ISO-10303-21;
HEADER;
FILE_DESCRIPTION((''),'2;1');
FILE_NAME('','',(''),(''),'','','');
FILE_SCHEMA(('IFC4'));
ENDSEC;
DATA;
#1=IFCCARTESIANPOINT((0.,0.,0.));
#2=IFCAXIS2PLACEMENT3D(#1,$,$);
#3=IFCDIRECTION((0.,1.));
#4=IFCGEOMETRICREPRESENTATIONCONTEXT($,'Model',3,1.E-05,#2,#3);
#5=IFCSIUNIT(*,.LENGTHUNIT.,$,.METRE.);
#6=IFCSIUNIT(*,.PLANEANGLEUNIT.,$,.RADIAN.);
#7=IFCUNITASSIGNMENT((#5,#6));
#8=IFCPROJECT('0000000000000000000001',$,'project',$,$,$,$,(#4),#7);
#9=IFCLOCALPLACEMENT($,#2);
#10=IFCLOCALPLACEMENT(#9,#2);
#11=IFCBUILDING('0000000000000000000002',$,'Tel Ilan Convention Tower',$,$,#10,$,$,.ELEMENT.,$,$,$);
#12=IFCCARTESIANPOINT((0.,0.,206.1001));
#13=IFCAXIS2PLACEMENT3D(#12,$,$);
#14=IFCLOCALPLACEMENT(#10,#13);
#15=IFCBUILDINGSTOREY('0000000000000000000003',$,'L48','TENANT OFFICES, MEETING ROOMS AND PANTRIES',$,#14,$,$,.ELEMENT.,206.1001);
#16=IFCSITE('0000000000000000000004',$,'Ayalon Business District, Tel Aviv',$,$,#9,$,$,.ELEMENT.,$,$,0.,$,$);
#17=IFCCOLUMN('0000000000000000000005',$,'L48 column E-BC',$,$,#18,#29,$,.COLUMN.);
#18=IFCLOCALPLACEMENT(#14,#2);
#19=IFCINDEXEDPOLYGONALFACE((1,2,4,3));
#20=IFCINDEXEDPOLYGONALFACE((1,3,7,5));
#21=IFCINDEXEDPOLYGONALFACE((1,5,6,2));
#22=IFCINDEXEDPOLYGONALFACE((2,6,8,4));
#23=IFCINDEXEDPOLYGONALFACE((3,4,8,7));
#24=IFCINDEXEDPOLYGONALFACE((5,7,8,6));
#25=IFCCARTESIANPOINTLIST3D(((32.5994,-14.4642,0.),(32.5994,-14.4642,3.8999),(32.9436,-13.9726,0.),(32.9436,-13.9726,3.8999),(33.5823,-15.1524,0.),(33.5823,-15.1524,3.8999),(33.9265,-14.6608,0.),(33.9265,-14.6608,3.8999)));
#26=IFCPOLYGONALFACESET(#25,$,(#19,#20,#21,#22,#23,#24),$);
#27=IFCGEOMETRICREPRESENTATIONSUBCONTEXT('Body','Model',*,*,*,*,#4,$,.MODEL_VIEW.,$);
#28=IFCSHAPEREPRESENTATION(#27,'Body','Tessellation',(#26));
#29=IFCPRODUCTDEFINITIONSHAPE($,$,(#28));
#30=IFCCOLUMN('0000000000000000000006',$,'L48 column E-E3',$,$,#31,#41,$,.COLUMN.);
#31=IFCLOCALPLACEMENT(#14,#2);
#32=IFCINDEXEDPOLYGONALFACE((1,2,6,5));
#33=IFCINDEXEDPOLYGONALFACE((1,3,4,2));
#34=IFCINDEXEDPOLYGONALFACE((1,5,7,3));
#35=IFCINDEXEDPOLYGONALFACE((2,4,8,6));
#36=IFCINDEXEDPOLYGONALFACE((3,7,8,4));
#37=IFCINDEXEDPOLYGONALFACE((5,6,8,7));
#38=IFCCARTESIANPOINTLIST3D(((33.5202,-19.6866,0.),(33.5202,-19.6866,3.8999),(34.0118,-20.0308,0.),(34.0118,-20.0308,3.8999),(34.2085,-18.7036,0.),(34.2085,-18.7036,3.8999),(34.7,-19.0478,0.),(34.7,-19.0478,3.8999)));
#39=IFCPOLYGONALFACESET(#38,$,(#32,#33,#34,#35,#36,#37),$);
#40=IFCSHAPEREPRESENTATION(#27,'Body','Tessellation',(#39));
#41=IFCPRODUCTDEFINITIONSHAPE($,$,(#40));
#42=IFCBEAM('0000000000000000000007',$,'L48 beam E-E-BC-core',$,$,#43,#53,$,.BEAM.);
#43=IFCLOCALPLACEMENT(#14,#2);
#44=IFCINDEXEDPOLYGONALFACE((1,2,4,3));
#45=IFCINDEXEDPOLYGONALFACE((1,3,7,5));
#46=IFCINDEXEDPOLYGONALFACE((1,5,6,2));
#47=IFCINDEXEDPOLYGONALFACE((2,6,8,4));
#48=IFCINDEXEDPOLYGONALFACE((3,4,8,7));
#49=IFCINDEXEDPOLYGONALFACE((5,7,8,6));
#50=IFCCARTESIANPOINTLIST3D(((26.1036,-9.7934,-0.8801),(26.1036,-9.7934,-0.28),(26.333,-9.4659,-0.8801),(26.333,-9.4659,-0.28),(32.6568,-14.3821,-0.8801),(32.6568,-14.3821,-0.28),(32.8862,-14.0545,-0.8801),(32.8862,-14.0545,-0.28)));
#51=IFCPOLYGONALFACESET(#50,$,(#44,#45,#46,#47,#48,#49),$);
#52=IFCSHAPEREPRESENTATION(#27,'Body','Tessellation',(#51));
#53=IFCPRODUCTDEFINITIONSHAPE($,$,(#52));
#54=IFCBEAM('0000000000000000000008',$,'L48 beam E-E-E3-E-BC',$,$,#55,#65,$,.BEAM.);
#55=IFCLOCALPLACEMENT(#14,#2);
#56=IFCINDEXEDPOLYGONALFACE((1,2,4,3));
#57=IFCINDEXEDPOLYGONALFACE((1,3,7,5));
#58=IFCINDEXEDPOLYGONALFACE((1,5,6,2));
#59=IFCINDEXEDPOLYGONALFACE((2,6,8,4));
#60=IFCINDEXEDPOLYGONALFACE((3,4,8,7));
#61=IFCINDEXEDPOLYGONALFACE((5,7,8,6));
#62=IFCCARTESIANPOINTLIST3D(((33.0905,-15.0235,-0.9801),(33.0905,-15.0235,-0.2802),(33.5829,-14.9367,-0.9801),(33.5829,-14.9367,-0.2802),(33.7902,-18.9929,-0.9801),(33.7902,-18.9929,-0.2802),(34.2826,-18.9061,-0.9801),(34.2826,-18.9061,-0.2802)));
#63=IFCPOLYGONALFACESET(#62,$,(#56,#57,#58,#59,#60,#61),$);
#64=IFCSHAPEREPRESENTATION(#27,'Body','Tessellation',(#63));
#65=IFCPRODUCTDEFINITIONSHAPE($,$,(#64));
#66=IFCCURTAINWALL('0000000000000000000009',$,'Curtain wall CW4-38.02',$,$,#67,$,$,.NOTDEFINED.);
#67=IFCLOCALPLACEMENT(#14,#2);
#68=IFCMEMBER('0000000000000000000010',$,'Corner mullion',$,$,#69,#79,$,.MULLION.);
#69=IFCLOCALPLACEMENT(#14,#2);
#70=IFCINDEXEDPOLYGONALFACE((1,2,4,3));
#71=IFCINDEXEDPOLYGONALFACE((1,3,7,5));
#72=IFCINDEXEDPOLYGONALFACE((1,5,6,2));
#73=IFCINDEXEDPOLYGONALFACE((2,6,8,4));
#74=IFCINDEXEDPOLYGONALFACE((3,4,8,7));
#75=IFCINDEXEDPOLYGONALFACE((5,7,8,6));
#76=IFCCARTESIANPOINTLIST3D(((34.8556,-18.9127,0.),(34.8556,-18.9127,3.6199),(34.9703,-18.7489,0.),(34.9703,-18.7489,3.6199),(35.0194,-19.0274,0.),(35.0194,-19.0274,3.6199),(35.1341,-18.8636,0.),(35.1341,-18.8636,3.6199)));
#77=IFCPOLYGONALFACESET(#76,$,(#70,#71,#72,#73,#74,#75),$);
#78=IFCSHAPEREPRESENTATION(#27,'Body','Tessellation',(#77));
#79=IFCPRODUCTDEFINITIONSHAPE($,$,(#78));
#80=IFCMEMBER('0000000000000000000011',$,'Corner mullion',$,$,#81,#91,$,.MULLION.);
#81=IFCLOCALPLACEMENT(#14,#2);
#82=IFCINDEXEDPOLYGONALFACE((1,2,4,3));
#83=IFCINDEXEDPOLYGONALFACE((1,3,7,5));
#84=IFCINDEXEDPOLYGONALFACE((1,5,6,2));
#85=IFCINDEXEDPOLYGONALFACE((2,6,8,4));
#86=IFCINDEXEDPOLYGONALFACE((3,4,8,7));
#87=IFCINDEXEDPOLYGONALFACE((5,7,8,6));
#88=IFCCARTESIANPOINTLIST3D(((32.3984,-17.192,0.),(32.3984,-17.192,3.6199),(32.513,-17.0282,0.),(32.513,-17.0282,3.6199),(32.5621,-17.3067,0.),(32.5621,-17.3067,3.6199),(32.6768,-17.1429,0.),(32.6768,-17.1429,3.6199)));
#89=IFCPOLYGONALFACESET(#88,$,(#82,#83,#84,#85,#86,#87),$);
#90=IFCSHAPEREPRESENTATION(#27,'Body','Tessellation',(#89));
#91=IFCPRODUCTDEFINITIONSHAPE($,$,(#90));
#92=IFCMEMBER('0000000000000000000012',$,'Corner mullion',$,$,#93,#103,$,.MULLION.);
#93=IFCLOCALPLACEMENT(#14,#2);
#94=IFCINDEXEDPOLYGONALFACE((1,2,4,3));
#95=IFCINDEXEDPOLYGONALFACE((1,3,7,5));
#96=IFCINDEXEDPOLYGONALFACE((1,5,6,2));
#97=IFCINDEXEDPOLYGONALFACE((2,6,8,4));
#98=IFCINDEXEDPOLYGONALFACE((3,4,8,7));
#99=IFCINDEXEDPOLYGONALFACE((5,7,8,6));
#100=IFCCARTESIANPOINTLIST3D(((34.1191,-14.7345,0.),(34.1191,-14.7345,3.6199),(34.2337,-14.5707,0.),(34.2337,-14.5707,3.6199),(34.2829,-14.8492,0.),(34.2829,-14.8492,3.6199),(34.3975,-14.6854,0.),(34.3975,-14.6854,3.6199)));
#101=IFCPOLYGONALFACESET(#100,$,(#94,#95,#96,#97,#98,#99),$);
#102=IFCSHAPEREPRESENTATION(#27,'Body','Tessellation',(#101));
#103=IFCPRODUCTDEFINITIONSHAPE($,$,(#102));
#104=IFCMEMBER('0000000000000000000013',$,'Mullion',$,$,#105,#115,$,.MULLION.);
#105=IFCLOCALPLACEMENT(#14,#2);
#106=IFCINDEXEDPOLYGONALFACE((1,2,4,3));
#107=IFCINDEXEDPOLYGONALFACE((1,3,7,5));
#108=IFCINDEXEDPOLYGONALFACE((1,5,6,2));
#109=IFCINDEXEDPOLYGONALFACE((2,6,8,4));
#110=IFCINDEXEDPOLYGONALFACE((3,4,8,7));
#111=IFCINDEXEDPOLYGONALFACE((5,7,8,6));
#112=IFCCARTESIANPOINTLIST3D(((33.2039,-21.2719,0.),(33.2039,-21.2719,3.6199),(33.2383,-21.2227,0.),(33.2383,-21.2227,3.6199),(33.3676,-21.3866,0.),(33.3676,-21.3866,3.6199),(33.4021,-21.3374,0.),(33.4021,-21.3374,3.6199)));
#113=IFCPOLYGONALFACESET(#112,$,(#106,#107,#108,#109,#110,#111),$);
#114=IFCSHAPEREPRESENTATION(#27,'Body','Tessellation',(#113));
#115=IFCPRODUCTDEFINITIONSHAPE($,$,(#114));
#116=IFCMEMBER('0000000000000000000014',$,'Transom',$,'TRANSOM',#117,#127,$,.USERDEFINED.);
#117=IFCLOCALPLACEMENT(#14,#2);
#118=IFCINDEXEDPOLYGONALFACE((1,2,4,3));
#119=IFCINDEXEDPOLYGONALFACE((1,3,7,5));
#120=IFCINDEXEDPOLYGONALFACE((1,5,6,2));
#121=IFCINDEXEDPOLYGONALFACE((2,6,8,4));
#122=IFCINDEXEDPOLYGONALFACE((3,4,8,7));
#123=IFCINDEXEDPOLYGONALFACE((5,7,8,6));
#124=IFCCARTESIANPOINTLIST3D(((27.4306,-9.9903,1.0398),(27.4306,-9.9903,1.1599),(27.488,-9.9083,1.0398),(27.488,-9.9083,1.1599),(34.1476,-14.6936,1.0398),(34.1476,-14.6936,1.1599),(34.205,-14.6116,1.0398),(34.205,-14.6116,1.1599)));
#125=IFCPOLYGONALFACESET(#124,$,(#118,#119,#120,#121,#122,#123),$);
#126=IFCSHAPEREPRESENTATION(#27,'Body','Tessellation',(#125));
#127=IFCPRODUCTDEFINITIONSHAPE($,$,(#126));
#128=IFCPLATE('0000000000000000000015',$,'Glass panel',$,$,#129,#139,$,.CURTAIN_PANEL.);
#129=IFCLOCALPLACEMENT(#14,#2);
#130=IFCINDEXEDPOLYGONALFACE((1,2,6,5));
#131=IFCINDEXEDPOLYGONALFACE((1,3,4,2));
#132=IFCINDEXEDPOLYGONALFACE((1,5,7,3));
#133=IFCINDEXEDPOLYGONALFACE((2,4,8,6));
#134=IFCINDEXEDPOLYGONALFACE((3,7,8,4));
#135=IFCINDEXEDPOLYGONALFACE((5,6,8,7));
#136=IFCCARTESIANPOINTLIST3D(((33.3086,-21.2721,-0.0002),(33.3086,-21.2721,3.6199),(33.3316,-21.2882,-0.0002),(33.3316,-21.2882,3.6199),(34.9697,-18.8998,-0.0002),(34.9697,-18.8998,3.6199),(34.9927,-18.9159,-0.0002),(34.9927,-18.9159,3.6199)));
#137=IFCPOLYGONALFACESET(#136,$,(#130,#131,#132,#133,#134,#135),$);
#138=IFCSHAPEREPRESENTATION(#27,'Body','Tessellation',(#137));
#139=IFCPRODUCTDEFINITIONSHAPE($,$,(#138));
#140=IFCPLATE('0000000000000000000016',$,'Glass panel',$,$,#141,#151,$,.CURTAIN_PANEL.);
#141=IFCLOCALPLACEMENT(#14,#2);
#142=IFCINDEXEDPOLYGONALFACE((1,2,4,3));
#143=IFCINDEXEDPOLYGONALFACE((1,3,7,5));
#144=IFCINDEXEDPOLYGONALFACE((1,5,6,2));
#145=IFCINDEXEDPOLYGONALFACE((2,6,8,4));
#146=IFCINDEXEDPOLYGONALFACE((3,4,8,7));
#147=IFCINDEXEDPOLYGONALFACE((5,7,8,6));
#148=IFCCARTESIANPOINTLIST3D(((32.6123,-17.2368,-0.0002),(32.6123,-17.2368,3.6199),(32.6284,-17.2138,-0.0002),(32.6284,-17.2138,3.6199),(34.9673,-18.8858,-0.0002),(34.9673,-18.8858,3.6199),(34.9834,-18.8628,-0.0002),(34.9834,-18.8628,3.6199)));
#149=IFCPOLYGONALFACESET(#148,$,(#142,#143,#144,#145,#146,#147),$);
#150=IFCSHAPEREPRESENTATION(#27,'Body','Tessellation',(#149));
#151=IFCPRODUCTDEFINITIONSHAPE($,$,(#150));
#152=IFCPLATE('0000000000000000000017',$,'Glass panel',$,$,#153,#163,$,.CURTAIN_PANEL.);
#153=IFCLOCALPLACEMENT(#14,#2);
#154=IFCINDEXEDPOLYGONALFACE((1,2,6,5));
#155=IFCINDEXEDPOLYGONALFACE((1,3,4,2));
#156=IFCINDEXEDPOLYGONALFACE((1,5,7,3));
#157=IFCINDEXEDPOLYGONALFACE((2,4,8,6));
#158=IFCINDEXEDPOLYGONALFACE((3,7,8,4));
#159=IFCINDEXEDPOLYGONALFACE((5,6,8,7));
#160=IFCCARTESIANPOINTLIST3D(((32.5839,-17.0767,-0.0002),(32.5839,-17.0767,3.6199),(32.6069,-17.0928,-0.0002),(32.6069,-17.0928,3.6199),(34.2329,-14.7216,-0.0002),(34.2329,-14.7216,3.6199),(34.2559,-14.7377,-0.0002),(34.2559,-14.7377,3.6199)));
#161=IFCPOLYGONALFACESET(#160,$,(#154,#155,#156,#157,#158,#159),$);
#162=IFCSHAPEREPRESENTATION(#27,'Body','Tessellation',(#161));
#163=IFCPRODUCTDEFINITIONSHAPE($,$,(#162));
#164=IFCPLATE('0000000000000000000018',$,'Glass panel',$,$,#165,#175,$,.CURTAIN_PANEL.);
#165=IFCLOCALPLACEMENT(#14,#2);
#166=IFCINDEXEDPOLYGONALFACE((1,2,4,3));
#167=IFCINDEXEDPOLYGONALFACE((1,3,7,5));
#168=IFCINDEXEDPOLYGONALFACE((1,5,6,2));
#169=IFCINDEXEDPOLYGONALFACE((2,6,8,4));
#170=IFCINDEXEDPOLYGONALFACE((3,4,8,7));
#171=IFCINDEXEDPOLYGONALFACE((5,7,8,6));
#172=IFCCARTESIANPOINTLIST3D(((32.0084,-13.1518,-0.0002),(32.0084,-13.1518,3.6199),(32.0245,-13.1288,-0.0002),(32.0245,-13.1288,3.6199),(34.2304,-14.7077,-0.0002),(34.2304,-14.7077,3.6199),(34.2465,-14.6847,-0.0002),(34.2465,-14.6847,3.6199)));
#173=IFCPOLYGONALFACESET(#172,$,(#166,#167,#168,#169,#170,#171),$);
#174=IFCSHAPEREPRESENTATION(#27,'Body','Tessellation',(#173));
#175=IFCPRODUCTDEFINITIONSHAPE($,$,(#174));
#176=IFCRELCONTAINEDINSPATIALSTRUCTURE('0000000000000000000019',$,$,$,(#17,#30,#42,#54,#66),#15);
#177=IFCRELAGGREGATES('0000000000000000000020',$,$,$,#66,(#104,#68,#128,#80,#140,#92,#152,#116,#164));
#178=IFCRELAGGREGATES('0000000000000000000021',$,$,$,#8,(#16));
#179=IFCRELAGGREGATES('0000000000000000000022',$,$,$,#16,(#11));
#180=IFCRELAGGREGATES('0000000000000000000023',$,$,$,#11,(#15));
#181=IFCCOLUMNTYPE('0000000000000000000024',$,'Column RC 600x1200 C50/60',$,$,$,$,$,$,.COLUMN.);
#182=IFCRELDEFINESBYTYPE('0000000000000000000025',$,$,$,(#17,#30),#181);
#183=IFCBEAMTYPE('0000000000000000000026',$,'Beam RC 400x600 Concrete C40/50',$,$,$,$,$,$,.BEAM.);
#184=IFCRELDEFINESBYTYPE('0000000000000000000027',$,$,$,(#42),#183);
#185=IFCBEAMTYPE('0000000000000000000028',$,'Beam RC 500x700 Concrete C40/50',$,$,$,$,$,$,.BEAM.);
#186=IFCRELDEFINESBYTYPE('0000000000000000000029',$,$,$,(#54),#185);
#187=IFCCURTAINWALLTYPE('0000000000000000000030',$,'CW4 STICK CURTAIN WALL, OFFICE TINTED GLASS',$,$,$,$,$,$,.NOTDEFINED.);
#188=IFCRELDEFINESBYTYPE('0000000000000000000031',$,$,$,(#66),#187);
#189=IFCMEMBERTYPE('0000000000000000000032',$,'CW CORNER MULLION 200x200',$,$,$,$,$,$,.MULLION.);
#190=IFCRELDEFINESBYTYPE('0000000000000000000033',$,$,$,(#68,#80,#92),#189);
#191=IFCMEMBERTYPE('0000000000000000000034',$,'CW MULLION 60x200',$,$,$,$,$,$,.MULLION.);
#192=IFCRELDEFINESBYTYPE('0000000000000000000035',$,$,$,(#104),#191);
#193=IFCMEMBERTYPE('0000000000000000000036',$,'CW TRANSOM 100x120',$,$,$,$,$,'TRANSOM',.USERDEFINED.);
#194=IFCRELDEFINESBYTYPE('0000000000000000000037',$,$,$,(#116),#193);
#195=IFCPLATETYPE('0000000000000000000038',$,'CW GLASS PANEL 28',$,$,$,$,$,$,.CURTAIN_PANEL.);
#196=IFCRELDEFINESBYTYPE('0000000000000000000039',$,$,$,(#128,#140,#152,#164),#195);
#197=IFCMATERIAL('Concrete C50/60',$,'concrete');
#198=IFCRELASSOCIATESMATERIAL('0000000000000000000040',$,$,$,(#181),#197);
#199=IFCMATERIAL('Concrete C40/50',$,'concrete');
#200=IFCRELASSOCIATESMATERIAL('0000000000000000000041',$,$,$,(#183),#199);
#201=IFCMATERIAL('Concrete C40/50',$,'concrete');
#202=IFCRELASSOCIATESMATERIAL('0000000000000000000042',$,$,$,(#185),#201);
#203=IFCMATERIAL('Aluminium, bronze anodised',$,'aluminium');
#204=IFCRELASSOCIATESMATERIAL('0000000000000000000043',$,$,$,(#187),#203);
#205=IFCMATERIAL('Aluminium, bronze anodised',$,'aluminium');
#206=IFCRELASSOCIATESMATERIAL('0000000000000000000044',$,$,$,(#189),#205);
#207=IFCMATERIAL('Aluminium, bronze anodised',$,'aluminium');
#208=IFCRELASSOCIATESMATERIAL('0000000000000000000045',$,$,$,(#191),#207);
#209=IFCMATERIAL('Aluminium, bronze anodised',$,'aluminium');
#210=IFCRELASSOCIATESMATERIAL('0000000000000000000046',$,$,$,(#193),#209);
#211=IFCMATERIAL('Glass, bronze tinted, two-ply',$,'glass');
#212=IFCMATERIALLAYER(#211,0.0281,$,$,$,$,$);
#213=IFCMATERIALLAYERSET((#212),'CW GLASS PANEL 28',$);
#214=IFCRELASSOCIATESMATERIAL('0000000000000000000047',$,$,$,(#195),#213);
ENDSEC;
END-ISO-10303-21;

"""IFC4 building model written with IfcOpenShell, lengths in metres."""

from ifc_helpers import new_model, si_unit, direction, frame, origin, origin_2d, place, context, subcontext, project, spatial, rectangle, extrude, material, layer, layer_set, material_profile, profile_set, type_object, element, aggregate, save


model = new_model("IFC4")

# Units and contexts
model_context = context("Model", 3, precision=1e-05, world=origin(), true_north=direction((0.0, 1.0)))
body_context = subcontext(model_context, "Body", "Model", "MODEL_VIEW")
ifc_project = project(units=[si_unit("LENGTHUNIT", "METRE"), si_unit("PLANEANGLEUNIT", "RADIAN")], contexts=[model_context])

# Site, building, storey
site_placement = place(None, origin())
site = spatial("IfcSite", under=ifc_project, at=site_placement, Name="Ayalon Business District, Tel Aviv", CompositionType="ELEMENT", RefElevation=0.0)
building_placement = place(site_placement, origin())
building = spatial("IfcBuilding", under=site, at=building_placement, Name="Tel Ilan Convention Tower", CompositionType="ELEMENT")
storey_placement = place(building_placement, frame((0.0, 0.0, 206.1001)))
storey = spatial("IfcBuildingStorey", under=building, at=storey_placement, Name="L48", Description="TENANT OFFICES, MEETING ROOMS AND PANTRIES", CompositionType="ELEMENT", Elevation=206.1001)

# Columns
ifc_material_1 = material(Name="Concrete C50/60", Category="concrete")
ifc_material_profile_1 = material_profile(ifc_material_1, rectangle(XDim=1.2, YDim=0.6001, at=origin_2d()), Name="RC 600x1200")
ifc_profile_set_1 = profile_set([ifc_material_profile_1], Name="Concrete C50/60")
column_type = type_object("IfcColumnType", Name="Column RC 600x1200 C50/60", PredefinedType="COLUMN", material=ifc_profile_set_1)
for number, where, z_axis, x_axis, name in (
    (1, (33.2629, -14.5625, 0.0), (0.0, 0.0, 1.0), (0.819152, -0.573576, 0.0), "L48 column E-BC"),
    (2, (34.1101, -19.3672, 0.0), (0.0, 0.0, 1.0), (0.573576, 0.819152, 0.0), "L48 column E-E3"),
):
    element("IfcColumn", number, at=place(storey_placement, frame(where, z_axis=z_axis, x_axis=x_axis)), inside=storey, type_object=column_type, Name=name, PredefinedType="COLUMN", context=body_context, shape_type="SweptSolid", body=[
        extrude(rectangle(XDim=1.2, YDim=0.6001, at=origin_2d()), origin(), (0.0, 0.0, 1.0), 3.8999),
    ])

# Beams
ifc_material_2 = material(Name="Concrete C40/50", Category="concrete")
ifc_material_profile_2 = material_profile(ifc_material_2, rectangle(XDim=0.3999, YDim=0.6001, at=origin_2d()), Name="RC 400x600")
ifc_profile_set_2 = profile_set([ifc_material_profile_2], Name="Concrete C40/50")
beam_type_1 = type_object("IfcBeamType", Name="Beam RC 400x600 Concrete C40/50", PredefinedType="BEAM", material=ifc_profile_set_2)
beam_1_placement = place(storey_placement, frame((32.7715, -14.2183, -0.5801), z_axis=(-0.819152, 0.573577, 0.0), x_axis=(-0.573577, -0.819152, 0.0)))
element("IfcBeam", 3, at=beam_1_placement, inside=storey, type_object=beam_type_1, Name="L48 beam E-E-BC-core", PredefinedType="BEAM", context=body_context, shape_type="SweptSolid", body=[
    extrude(rectangle(XDim=0.3999, YDim=0.6001, at=origin_2d()), origin(), (0.0, 0.0, 1.0), 8.0),
])
ifc_material_3 = material(Name="Concrete C40/50", Category="concrete")
ifc_material_profile_3 = material_profile(ifc_material_3, rectangle(XDim=0.5, YDim=0.7, at=origin_2d()), Name="RC 500x700")
ifc_profile_set_3 = profile_set([ifc_material_profile_3], Name="Concrete C40/50")
beam_type_2 = type_object("IfcBeamType", Name="Beam RC 500x700 Concrete C40/50", PredefinedType="BEAM", material=ifc_profile_set_3)
beam_2_placement = place(storey_placement, frame((34.0364, -18.9495, -0.6301), z_axis=(-0.173606, 0.984815, 0.0), x_axis=(-0.984815, -0.173606, 0.0)))
element("IfcBeam", 4, at=beam_2_placement, inside=storey, type_object=beam_type_2, Name="L48 beam E-E-E3-E-BC", PredefinedType="BEAM", context=body_context, shape_type="SweptSolid", body=[
    extrude(rectangle(XDim=0.5, YDim=0.7, at=origin_2d()), origin(), (0.0, 0.0, 1.0), 4.0305),
])

# Curtain wall, members, plates
ifc_material_4 = material(Name="Aluminium, bronze anodised", Category="aluminium")
curtain_wall_type = type_object("IfcCurtainWallType", Name="CW4 STICK CURTAIN WALL, OFFICE TINTED GLASS", PredefinedType="NOTDEFINED", material=ifc_material_4)
curtain_wall_placement = place(storey_placement, origin())
curtain_wall = element("IfcCurtainWall", 5, at=curtain_wall_placement, inside=storey, type_object=curtain_wall_type, Name="Curtain wall CW4-38.02", PredefinedType="NOTDEFINED")
ifc_material_5 = material(Name="Aluminium, bronze anodised", Category="aluminium")
ifc_material_profile_4 = material_profile(ifc_material_5, rectangle(XDim=0.2, YDim=0.2, at=origin_2d()), Name="CW CORNER MULLION 200x200")
ifc_profile_set_4 = profile_set([ifc_material_profile_4], Name="Aluminium, bronze anodised")
member_type_1 = type_object("IfcMemberType", Name="CW CORNER MULLION 200x200", PredefinedType="MULLION", material=ifc_profile_set_4)
member_1_placement = place(storey_placement, frame((34.9949, -18.8882, 0.0), z_axis=(0.0, 0.0, 1.0), x_axis=(0.573576, 0.819152, 0.0)))
member_1 = element("IfcMember", 6, at=member_1_placement, type_object=member_type_1, Name="Corner mullion", PredefinedType="MULLION", context=body_context, shape_type="SweptSolid", body=[
    extrude(rectangle(XDim=0.2, YDim=0.2, at=origin_2d()), origin(), (0.0, 0.0, 1.0), 3.6199),
])
member_2_placement = place(storey_placement, frame((32.5376, -17.1675, 0.0), z_axis=(0.0, 0.0, 1.0), x_axis=(-0.819152, 0.573576, 0.0)))
member_2 = element("IfcMember", 7, at=member_2_placement, type_object=member_type_1, Name="Corner mullion", PredefinedType="MULLION", context=body_context, shape_type="SweptSolid", body=[
    extrude(rectangle(XDim=0.2, YDim=0.2, at=origin_2d()), origin(), (0.0, 0.0, 1.0), 3.6199),
])
member_3_placement = place(storey_placement, frame((34.2583, -14.71, 0.0), z_axis=(0.0, 0.0, 1.0), x_axis=(0.573576, 0.819152, 0.0)))
member_3 = element("IfcMember", 8, at=member_3_placement, type_object=member_type_1, Name="Corner mullion", PredefinedType="MULLION", context=body_context, shape_type="SweptSolid", body=[
    extrude(rectangle(XDim=0.2, YDim=0.2, at=origin_2d()), origin(), (0.0, 0.0, 1.0), 3.6199),
])
ifc_material_6 = material(Name="Aluminium, bronze anodised", Category="aluminium")
ifc_material_profile_5 = material_profile(ifc_material_6, rectangle(XDim=0.0601, YDim=0.2, at=origin_2d()), Name="CW MULLION 60x200")
ifc_profile_set_5 = profile_set([ifc_material_profile_5], Name="Aluminium, bronze anodised")
member_type_2 = type_object("IfcMemberType", Name="CW MULLION 60x200", PredefinedType="MULLION", material=ifc_profile_set_5)
member_4_placement = place(storey_placement, frame((33.303, -21.3047, 0.0), z_axis=(0.0, 0.0, 1.0), x_axis=(0.573576, 0.819152, 0.0)))
member_4 = element("IfcMember", 9, at=member_4_placement, type_object=member_type_2, Name="Mullion", PredefinedType="MULLION", context=body_context, shape_type="SweptSolid", body=[
    extrude(rectangle(XDim=0.0601, YDim=0.2, at=origin_2d()), origin(), (0.0, 0.0, 1.0), 3.6199),
])
ifc_material_7 = material(Name="Aluminium, bronze anodised", Category="aluminium")
ifc_material_profile_6 = material_profile(ifc_material_7, rectangle(XDim=0.1001, YDim=0.1201, at=origin_2d()), Name="CW TRANSOM 100x120")
ifc_profile_set_6 = profile_set([ifc_material_profile_6], Name="Aluminium, bronze anodised")
member_type_3 = type_object("IfcMemberType", Name="CW TRANSOM 100x120", ElementType="TRANSOM", PredefinedType="USERDEFINED", material=ifc_profile_set_6)
member_5_placement = place(storey_placement, frame((34.1763, -14.6526, 1.0999), z_axis=(-0.819149, 0.57358, 0.0), x_axis=(-0.57358, -0.819149, 0.0)))
member_5 = element("IfcMember", 10, at=member_5_placement, type_object=member_type_3, Name="Transom", ObjectType="TRANSOM", PredefinedType="USERDEFINED", context=body_context, shape_type="SweptSolid", body=[
    extrude(rectangle(XDim=0.1001, YDim=0.1201, at=origin_2d()), origin(), (0.0, 0.0, 1.0), 8.2),
])
ifc_material_8 = material(Name="Glass, bronze tinted, two-ply", Category="glass")
ifc_layer_1 = layer(ifc_material_8, 0.0281)
ifc_layer_set_1 = layer_set([ifc_layer_1], Name="CW GLASS PANEL 28")
plate_type = type_object("IfcPlateType", Name="CW GLASS PANEL 28", PredefinedType="CURTAIN_PANEL", material=ifc_layer_set_1)
plate_1_placement = place(storey_placement, frame((34.1506, -20.094, -0.0002), z_axis=(0.0, 0.0, 1.0), x_axis=(0.573576, 0.819152, 0.0)))
plate_1 = element("IfcPlate", 11, at=plate_1_placement, type_object=plate_type, Name="Glass panel", PredefinedType="CURTAIN_PANEL", context=body_context, shape_type="SweptSolid", body=[
    extrude(rectangle(XDim=2.896, YDim=0.0281, at=origin_2d()), origin(), (0.0, 0.0, 1.0), 3.6201),
])
plate_2_placement = place(storey_placement, frame((33.7979, -18.0498, -0.0002), z_axis=(0.0, 0.0, 1.0), x_axis=(-0.819152, 0.573576, 0.0)))
plate_2 = element("IfcPlate", 12, at=plate_2_placement, type_object=plate_type, Name="Glass panel", PredefinedType="CURTAIN_PANEL", context=body_context, shape_type="SweptSolid", body=[
    extrude(rectangle(XDim=2.875, YDim=0.0281, at=origin_2d()), origin(), (0.0, 0.0, 1.0), 3.6201),
])
plate_3_placement = place(storey_placement, frame((33.4199, -15.9072, -0.0002), z_axis=(0.0, 0.0, 1.0), x_axis=(0.573576, 0.819152, 0.0)))
plate_3 = element("IfcPlate", 13, at=plate_3_placement, type_object=plate_type, Name="Glass panel", PredefinedType="CURTAIN_PANEL", context=body_context, shape_type="SweptSolid", body=[
    extrude(rectangle(XDim=2.875, YDim=0.0281, at=origin_2d()), origin(), (0.0, 0.0, 1.0), 3.6201),
])
plate_4_placement = place(storey_placement, frame((33.1274, -13.9182, -0.0002), z_axis=(0.0, 0.0, 1.0), x_axis=(-0.819152, 0.573576, 0.0)))
plate_4 = element("IfcPlate", 14, at=plate_4_placement, type_object=plate_type, Name="Glass panel", PredefinedType="CURTAIN_PANEL", context=body_context, shape_type="SweptSolid", body=[
    extrude(rectangle(XDim=2.7126, YDim=0.0281, at=origin_2d()), origin(), (0.0, 0.0, 1.0), 3.6201),
])
aggregate(curtain_wall, [member_4, member_1, plate_1, member_2, plate_2, member_3, plate_3, member_5, plate_4])

save(model, "model.ifc")
